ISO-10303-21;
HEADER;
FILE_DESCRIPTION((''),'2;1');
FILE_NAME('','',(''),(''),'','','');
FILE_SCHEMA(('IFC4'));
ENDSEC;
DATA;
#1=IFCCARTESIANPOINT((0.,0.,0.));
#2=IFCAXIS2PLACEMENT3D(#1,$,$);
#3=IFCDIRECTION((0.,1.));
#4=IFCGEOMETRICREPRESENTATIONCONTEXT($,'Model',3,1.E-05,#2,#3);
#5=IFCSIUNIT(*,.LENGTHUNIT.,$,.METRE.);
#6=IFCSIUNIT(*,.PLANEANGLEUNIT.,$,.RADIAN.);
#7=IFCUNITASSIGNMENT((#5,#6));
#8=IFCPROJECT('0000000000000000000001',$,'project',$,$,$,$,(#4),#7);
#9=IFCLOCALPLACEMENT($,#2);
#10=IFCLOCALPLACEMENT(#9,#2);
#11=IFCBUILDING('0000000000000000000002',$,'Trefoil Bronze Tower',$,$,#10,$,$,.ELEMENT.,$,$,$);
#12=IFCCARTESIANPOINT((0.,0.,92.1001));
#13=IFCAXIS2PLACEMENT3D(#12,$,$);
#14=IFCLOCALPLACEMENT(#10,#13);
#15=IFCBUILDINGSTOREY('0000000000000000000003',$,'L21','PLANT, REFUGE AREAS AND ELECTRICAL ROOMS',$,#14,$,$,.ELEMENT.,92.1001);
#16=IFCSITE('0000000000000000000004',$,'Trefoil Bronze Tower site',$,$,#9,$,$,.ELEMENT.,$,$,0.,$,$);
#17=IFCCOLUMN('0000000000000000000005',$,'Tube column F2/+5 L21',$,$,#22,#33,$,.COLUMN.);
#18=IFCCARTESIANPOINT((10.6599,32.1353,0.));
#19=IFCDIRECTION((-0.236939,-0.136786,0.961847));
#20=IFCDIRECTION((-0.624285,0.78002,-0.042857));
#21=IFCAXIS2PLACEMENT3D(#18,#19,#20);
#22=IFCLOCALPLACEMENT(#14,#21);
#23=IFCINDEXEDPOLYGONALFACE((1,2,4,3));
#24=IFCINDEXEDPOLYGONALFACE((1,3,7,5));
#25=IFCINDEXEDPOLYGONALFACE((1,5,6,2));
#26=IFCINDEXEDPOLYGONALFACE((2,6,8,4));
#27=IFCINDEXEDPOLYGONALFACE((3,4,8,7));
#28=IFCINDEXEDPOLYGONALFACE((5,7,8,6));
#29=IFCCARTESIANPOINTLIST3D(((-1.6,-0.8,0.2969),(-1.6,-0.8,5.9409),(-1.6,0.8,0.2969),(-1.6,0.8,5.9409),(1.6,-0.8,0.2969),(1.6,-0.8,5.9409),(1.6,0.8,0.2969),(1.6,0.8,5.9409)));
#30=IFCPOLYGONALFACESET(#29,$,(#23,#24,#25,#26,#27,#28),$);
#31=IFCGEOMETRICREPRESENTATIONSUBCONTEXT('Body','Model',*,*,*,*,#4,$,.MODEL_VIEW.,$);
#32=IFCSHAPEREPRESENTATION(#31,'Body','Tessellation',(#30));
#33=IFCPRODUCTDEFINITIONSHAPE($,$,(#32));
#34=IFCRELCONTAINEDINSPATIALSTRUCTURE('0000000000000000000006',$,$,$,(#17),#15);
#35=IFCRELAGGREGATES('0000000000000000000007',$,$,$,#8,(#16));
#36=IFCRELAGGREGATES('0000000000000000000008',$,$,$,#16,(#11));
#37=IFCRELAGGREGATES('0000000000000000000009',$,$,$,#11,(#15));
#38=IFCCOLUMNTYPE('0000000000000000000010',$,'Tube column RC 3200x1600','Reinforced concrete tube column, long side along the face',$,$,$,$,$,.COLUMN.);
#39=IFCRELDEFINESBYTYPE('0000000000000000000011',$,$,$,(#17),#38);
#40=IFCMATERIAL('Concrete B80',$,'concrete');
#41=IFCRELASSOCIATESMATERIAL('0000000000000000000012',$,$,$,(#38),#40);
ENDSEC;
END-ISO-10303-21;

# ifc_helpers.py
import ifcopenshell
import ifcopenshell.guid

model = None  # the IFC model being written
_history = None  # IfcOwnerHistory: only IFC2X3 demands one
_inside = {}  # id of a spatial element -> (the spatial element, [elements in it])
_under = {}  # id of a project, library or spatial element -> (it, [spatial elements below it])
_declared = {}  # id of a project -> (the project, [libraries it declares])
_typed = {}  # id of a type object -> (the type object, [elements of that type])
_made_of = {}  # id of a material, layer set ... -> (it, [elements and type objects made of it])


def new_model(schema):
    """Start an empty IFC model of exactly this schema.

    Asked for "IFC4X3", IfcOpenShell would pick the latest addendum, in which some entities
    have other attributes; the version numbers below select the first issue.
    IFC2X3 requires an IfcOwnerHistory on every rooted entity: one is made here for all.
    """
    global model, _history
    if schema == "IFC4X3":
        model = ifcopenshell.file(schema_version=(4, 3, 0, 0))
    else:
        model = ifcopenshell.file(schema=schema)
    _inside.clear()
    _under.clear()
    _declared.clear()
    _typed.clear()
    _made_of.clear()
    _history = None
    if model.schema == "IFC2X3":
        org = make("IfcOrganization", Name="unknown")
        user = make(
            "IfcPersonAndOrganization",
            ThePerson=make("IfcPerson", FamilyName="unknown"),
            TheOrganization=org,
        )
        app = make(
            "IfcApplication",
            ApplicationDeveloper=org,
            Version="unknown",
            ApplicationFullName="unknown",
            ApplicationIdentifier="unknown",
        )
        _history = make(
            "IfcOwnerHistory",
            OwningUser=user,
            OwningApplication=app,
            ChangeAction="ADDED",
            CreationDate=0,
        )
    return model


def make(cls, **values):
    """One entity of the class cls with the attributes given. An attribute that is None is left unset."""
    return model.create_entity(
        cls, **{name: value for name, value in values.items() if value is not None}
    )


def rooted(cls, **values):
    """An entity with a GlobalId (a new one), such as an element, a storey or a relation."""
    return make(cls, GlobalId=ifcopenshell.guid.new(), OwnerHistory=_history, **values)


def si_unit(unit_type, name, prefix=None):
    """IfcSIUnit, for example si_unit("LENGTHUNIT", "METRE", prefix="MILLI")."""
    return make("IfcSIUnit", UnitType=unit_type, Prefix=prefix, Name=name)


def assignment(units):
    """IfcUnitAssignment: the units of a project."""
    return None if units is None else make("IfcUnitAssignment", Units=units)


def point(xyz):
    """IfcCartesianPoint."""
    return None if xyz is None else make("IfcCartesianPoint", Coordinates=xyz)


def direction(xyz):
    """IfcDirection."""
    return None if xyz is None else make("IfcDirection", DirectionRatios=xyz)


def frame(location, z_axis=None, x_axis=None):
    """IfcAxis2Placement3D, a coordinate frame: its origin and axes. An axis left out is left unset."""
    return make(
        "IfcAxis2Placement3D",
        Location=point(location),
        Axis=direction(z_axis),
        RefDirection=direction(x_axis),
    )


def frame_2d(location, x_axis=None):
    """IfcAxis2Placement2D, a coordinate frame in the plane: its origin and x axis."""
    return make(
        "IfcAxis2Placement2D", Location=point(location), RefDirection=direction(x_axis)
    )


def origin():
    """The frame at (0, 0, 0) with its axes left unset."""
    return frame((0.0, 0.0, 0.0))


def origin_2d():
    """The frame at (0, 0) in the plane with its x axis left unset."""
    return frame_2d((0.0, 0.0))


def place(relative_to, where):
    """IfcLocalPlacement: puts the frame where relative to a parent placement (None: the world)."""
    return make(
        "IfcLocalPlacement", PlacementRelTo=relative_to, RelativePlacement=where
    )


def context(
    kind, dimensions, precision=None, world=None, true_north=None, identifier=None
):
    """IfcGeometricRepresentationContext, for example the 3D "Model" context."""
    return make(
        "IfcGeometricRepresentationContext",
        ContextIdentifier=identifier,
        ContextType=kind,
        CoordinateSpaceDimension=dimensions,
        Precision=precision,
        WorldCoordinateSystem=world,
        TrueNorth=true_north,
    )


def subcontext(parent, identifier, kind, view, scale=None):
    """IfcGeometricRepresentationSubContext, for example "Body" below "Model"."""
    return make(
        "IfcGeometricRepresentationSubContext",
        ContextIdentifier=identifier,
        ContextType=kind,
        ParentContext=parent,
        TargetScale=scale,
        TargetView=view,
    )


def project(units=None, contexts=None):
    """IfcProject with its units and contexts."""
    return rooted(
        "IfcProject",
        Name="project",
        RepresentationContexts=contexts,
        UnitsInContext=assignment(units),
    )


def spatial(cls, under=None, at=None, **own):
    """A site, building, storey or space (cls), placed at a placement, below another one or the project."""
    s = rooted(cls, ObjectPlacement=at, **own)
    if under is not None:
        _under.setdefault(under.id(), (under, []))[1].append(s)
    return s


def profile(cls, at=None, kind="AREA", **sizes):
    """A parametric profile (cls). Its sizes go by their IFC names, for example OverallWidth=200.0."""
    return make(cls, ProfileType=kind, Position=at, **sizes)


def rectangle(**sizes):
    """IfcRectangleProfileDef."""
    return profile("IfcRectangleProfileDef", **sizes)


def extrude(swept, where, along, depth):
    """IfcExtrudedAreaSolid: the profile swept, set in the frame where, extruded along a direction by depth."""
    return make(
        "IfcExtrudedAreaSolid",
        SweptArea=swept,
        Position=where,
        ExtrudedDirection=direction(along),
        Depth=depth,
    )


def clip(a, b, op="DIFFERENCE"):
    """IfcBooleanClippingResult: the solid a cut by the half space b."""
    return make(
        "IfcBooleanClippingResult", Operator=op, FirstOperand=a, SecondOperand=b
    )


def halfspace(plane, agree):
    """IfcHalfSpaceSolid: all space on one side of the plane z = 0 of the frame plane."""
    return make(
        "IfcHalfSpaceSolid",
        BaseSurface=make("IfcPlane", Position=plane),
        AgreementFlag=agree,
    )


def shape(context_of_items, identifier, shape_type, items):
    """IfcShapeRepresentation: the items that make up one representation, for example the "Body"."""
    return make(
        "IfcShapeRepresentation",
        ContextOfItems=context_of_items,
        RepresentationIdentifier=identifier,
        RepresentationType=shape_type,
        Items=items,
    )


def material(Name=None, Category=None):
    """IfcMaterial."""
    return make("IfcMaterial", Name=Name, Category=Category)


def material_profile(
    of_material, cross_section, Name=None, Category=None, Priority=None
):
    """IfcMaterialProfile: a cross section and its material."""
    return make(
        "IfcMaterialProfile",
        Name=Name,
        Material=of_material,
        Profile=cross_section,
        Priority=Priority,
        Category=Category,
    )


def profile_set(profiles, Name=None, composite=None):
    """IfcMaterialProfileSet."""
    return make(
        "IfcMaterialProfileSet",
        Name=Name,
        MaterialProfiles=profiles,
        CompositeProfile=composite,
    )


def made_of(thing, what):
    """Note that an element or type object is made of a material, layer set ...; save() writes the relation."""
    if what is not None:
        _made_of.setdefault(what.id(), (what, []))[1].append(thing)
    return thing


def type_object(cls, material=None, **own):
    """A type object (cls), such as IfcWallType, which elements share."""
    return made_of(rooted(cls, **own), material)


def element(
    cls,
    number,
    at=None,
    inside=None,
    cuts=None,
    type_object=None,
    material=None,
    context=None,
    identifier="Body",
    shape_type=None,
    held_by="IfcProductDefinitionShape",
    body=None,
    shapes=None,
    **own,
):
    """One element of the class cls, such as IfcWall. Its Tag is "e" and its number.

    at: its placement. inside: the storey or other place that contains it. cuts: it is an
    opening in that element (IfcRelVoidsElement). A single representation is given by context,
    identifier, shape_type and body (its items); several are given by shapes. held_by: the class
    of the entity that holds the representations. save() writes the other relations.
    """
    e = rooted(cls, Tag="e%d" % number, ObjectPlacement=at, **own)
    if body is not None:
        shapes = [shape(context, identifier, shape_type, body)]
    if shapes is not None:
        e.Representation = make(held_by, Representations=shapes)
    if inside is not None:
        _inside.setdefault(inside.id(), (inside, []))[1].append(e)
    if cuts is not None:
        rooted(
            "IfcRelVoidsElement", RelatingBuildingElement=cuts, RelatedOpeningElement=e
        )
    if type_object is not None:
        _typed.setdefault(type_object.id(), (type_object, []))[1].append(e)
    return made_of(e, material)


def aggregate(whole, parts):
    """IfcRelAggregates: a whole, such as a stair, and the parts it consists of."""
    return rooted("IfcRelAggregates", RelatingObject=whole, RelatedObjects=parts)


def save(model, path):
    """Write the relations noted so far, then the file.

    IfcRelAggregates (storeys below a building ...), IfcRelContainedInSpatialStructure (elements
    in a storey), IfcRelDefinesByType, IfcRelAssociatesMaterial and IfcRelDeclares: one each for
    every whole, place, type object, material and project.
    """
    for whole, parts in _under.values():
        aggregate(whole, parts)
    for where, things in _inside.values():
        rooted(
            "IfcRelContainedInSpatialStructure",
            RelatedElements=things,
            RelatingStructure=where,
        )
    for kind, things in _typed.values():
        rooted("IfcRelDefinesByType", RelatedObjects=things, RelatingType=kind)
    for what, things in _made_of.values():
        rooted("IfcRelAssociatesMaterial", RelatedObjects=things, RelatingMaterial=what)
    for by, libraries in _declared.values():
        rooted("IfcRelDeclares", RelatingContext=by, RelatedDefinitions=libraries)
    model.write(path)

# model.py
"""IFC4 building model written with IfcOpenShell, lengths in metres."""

from ifc_helpers import new_model, si_unit, direction, frame, origin, origin_2d, place, context, subcontext, project, spatial, rectangle, extrude, clip, halfspace, material, material_profile, profile_set, type_object, element, save


model = new_model("IFC4")

# Units and contexts
model_context = context("Model", 3, precision=1e-05, world=origin(), true_north=direction((0.0, 1.0)))
body_context = subcontext(model_context, "Body", "Model", "MODEL_VIEW")
ifc_project = project(units=[si_unit("LENGTHUNIT", "METRE"), si_unit("PLANEANGLEUNIT", "RADIAN")], contexts=[model_context])

# Site, building, storey
site_placement = place(None, origin())
site = spatial("IfcSite", under=ifc_project, at=site_placement, Name="Trefoil Bronze Tower site", CompositionType="ELEMENT", RefElevation=0.0)
building_placement = place(site_placement, origin())
building = spatial("IfcBuilding", under=site, at=building_placement, Name="Trefoil Bronze Tower", CompositionType="ELEMENT")
storey_placement = place(building_placement, frame((0.0, 0.0, 92.1001)))
storey = spatial("IfcBuildingStorey", under=building, at=storey_placement, Name="L21", Description="PLANT, REFUGE AREAS AND ELECTRICAL ROOMS", CompositionType="ELEMENT", Elevation=92.1001)

# Column
ifc_material_1 = material(Name="Concrete B80", Category="concrete")
ifc_material_profile_1 = material_profile(ifc_material_1, rectangle(XDim=3.2, YDim=1.6001, at=origin_2d()), Name="RC 3200x1600")
ifc_profile_set_1 = profile_set([ifc_material_profile_1], Name="Concrete B80")
column_type = type_object("IfcColumnType", Name="Tube column RC 3200x1600", Description="Reinforced concrete tube column, long side along the face", PredefinedType="COLUMN", material=ifc_profile_set_1)
column_placement = place(storey_placement, frame((10.6599, 32.1353, 0.0), z_axis=(-0.236939, -0.136786, 0.961847), x_axis=(-0.624285, 0.78002, -0.042857)))
element("IfcColumn", 1, at=column_placement, inside=storey, type_object=column_type, Name="Tube column F2/+5 L21", PredefinedType="COLUMN", context=body_context, shape_type="Clipping", body=[
    clip(clip(extrude(rectangle(XDim=3.2, YDim=1.6001, at=origin_2d()), origin(), (0.0, 0.0, 1.0), 6.238), halfspace(frame((0.0, 0.0, 0.2969), z_axis=(-0.000007, 0.000017, 1.0), x_axis=(0.0, 1.0, -0.000017)), True)), halfspace(frame((0.0, 0.0002, 5.9409), z_axis=(0.000007, -0.000017, -1.0), x_axis=(0.0, -1.0, 0.000017)), True)),
])

save(model, "model.ifc")
